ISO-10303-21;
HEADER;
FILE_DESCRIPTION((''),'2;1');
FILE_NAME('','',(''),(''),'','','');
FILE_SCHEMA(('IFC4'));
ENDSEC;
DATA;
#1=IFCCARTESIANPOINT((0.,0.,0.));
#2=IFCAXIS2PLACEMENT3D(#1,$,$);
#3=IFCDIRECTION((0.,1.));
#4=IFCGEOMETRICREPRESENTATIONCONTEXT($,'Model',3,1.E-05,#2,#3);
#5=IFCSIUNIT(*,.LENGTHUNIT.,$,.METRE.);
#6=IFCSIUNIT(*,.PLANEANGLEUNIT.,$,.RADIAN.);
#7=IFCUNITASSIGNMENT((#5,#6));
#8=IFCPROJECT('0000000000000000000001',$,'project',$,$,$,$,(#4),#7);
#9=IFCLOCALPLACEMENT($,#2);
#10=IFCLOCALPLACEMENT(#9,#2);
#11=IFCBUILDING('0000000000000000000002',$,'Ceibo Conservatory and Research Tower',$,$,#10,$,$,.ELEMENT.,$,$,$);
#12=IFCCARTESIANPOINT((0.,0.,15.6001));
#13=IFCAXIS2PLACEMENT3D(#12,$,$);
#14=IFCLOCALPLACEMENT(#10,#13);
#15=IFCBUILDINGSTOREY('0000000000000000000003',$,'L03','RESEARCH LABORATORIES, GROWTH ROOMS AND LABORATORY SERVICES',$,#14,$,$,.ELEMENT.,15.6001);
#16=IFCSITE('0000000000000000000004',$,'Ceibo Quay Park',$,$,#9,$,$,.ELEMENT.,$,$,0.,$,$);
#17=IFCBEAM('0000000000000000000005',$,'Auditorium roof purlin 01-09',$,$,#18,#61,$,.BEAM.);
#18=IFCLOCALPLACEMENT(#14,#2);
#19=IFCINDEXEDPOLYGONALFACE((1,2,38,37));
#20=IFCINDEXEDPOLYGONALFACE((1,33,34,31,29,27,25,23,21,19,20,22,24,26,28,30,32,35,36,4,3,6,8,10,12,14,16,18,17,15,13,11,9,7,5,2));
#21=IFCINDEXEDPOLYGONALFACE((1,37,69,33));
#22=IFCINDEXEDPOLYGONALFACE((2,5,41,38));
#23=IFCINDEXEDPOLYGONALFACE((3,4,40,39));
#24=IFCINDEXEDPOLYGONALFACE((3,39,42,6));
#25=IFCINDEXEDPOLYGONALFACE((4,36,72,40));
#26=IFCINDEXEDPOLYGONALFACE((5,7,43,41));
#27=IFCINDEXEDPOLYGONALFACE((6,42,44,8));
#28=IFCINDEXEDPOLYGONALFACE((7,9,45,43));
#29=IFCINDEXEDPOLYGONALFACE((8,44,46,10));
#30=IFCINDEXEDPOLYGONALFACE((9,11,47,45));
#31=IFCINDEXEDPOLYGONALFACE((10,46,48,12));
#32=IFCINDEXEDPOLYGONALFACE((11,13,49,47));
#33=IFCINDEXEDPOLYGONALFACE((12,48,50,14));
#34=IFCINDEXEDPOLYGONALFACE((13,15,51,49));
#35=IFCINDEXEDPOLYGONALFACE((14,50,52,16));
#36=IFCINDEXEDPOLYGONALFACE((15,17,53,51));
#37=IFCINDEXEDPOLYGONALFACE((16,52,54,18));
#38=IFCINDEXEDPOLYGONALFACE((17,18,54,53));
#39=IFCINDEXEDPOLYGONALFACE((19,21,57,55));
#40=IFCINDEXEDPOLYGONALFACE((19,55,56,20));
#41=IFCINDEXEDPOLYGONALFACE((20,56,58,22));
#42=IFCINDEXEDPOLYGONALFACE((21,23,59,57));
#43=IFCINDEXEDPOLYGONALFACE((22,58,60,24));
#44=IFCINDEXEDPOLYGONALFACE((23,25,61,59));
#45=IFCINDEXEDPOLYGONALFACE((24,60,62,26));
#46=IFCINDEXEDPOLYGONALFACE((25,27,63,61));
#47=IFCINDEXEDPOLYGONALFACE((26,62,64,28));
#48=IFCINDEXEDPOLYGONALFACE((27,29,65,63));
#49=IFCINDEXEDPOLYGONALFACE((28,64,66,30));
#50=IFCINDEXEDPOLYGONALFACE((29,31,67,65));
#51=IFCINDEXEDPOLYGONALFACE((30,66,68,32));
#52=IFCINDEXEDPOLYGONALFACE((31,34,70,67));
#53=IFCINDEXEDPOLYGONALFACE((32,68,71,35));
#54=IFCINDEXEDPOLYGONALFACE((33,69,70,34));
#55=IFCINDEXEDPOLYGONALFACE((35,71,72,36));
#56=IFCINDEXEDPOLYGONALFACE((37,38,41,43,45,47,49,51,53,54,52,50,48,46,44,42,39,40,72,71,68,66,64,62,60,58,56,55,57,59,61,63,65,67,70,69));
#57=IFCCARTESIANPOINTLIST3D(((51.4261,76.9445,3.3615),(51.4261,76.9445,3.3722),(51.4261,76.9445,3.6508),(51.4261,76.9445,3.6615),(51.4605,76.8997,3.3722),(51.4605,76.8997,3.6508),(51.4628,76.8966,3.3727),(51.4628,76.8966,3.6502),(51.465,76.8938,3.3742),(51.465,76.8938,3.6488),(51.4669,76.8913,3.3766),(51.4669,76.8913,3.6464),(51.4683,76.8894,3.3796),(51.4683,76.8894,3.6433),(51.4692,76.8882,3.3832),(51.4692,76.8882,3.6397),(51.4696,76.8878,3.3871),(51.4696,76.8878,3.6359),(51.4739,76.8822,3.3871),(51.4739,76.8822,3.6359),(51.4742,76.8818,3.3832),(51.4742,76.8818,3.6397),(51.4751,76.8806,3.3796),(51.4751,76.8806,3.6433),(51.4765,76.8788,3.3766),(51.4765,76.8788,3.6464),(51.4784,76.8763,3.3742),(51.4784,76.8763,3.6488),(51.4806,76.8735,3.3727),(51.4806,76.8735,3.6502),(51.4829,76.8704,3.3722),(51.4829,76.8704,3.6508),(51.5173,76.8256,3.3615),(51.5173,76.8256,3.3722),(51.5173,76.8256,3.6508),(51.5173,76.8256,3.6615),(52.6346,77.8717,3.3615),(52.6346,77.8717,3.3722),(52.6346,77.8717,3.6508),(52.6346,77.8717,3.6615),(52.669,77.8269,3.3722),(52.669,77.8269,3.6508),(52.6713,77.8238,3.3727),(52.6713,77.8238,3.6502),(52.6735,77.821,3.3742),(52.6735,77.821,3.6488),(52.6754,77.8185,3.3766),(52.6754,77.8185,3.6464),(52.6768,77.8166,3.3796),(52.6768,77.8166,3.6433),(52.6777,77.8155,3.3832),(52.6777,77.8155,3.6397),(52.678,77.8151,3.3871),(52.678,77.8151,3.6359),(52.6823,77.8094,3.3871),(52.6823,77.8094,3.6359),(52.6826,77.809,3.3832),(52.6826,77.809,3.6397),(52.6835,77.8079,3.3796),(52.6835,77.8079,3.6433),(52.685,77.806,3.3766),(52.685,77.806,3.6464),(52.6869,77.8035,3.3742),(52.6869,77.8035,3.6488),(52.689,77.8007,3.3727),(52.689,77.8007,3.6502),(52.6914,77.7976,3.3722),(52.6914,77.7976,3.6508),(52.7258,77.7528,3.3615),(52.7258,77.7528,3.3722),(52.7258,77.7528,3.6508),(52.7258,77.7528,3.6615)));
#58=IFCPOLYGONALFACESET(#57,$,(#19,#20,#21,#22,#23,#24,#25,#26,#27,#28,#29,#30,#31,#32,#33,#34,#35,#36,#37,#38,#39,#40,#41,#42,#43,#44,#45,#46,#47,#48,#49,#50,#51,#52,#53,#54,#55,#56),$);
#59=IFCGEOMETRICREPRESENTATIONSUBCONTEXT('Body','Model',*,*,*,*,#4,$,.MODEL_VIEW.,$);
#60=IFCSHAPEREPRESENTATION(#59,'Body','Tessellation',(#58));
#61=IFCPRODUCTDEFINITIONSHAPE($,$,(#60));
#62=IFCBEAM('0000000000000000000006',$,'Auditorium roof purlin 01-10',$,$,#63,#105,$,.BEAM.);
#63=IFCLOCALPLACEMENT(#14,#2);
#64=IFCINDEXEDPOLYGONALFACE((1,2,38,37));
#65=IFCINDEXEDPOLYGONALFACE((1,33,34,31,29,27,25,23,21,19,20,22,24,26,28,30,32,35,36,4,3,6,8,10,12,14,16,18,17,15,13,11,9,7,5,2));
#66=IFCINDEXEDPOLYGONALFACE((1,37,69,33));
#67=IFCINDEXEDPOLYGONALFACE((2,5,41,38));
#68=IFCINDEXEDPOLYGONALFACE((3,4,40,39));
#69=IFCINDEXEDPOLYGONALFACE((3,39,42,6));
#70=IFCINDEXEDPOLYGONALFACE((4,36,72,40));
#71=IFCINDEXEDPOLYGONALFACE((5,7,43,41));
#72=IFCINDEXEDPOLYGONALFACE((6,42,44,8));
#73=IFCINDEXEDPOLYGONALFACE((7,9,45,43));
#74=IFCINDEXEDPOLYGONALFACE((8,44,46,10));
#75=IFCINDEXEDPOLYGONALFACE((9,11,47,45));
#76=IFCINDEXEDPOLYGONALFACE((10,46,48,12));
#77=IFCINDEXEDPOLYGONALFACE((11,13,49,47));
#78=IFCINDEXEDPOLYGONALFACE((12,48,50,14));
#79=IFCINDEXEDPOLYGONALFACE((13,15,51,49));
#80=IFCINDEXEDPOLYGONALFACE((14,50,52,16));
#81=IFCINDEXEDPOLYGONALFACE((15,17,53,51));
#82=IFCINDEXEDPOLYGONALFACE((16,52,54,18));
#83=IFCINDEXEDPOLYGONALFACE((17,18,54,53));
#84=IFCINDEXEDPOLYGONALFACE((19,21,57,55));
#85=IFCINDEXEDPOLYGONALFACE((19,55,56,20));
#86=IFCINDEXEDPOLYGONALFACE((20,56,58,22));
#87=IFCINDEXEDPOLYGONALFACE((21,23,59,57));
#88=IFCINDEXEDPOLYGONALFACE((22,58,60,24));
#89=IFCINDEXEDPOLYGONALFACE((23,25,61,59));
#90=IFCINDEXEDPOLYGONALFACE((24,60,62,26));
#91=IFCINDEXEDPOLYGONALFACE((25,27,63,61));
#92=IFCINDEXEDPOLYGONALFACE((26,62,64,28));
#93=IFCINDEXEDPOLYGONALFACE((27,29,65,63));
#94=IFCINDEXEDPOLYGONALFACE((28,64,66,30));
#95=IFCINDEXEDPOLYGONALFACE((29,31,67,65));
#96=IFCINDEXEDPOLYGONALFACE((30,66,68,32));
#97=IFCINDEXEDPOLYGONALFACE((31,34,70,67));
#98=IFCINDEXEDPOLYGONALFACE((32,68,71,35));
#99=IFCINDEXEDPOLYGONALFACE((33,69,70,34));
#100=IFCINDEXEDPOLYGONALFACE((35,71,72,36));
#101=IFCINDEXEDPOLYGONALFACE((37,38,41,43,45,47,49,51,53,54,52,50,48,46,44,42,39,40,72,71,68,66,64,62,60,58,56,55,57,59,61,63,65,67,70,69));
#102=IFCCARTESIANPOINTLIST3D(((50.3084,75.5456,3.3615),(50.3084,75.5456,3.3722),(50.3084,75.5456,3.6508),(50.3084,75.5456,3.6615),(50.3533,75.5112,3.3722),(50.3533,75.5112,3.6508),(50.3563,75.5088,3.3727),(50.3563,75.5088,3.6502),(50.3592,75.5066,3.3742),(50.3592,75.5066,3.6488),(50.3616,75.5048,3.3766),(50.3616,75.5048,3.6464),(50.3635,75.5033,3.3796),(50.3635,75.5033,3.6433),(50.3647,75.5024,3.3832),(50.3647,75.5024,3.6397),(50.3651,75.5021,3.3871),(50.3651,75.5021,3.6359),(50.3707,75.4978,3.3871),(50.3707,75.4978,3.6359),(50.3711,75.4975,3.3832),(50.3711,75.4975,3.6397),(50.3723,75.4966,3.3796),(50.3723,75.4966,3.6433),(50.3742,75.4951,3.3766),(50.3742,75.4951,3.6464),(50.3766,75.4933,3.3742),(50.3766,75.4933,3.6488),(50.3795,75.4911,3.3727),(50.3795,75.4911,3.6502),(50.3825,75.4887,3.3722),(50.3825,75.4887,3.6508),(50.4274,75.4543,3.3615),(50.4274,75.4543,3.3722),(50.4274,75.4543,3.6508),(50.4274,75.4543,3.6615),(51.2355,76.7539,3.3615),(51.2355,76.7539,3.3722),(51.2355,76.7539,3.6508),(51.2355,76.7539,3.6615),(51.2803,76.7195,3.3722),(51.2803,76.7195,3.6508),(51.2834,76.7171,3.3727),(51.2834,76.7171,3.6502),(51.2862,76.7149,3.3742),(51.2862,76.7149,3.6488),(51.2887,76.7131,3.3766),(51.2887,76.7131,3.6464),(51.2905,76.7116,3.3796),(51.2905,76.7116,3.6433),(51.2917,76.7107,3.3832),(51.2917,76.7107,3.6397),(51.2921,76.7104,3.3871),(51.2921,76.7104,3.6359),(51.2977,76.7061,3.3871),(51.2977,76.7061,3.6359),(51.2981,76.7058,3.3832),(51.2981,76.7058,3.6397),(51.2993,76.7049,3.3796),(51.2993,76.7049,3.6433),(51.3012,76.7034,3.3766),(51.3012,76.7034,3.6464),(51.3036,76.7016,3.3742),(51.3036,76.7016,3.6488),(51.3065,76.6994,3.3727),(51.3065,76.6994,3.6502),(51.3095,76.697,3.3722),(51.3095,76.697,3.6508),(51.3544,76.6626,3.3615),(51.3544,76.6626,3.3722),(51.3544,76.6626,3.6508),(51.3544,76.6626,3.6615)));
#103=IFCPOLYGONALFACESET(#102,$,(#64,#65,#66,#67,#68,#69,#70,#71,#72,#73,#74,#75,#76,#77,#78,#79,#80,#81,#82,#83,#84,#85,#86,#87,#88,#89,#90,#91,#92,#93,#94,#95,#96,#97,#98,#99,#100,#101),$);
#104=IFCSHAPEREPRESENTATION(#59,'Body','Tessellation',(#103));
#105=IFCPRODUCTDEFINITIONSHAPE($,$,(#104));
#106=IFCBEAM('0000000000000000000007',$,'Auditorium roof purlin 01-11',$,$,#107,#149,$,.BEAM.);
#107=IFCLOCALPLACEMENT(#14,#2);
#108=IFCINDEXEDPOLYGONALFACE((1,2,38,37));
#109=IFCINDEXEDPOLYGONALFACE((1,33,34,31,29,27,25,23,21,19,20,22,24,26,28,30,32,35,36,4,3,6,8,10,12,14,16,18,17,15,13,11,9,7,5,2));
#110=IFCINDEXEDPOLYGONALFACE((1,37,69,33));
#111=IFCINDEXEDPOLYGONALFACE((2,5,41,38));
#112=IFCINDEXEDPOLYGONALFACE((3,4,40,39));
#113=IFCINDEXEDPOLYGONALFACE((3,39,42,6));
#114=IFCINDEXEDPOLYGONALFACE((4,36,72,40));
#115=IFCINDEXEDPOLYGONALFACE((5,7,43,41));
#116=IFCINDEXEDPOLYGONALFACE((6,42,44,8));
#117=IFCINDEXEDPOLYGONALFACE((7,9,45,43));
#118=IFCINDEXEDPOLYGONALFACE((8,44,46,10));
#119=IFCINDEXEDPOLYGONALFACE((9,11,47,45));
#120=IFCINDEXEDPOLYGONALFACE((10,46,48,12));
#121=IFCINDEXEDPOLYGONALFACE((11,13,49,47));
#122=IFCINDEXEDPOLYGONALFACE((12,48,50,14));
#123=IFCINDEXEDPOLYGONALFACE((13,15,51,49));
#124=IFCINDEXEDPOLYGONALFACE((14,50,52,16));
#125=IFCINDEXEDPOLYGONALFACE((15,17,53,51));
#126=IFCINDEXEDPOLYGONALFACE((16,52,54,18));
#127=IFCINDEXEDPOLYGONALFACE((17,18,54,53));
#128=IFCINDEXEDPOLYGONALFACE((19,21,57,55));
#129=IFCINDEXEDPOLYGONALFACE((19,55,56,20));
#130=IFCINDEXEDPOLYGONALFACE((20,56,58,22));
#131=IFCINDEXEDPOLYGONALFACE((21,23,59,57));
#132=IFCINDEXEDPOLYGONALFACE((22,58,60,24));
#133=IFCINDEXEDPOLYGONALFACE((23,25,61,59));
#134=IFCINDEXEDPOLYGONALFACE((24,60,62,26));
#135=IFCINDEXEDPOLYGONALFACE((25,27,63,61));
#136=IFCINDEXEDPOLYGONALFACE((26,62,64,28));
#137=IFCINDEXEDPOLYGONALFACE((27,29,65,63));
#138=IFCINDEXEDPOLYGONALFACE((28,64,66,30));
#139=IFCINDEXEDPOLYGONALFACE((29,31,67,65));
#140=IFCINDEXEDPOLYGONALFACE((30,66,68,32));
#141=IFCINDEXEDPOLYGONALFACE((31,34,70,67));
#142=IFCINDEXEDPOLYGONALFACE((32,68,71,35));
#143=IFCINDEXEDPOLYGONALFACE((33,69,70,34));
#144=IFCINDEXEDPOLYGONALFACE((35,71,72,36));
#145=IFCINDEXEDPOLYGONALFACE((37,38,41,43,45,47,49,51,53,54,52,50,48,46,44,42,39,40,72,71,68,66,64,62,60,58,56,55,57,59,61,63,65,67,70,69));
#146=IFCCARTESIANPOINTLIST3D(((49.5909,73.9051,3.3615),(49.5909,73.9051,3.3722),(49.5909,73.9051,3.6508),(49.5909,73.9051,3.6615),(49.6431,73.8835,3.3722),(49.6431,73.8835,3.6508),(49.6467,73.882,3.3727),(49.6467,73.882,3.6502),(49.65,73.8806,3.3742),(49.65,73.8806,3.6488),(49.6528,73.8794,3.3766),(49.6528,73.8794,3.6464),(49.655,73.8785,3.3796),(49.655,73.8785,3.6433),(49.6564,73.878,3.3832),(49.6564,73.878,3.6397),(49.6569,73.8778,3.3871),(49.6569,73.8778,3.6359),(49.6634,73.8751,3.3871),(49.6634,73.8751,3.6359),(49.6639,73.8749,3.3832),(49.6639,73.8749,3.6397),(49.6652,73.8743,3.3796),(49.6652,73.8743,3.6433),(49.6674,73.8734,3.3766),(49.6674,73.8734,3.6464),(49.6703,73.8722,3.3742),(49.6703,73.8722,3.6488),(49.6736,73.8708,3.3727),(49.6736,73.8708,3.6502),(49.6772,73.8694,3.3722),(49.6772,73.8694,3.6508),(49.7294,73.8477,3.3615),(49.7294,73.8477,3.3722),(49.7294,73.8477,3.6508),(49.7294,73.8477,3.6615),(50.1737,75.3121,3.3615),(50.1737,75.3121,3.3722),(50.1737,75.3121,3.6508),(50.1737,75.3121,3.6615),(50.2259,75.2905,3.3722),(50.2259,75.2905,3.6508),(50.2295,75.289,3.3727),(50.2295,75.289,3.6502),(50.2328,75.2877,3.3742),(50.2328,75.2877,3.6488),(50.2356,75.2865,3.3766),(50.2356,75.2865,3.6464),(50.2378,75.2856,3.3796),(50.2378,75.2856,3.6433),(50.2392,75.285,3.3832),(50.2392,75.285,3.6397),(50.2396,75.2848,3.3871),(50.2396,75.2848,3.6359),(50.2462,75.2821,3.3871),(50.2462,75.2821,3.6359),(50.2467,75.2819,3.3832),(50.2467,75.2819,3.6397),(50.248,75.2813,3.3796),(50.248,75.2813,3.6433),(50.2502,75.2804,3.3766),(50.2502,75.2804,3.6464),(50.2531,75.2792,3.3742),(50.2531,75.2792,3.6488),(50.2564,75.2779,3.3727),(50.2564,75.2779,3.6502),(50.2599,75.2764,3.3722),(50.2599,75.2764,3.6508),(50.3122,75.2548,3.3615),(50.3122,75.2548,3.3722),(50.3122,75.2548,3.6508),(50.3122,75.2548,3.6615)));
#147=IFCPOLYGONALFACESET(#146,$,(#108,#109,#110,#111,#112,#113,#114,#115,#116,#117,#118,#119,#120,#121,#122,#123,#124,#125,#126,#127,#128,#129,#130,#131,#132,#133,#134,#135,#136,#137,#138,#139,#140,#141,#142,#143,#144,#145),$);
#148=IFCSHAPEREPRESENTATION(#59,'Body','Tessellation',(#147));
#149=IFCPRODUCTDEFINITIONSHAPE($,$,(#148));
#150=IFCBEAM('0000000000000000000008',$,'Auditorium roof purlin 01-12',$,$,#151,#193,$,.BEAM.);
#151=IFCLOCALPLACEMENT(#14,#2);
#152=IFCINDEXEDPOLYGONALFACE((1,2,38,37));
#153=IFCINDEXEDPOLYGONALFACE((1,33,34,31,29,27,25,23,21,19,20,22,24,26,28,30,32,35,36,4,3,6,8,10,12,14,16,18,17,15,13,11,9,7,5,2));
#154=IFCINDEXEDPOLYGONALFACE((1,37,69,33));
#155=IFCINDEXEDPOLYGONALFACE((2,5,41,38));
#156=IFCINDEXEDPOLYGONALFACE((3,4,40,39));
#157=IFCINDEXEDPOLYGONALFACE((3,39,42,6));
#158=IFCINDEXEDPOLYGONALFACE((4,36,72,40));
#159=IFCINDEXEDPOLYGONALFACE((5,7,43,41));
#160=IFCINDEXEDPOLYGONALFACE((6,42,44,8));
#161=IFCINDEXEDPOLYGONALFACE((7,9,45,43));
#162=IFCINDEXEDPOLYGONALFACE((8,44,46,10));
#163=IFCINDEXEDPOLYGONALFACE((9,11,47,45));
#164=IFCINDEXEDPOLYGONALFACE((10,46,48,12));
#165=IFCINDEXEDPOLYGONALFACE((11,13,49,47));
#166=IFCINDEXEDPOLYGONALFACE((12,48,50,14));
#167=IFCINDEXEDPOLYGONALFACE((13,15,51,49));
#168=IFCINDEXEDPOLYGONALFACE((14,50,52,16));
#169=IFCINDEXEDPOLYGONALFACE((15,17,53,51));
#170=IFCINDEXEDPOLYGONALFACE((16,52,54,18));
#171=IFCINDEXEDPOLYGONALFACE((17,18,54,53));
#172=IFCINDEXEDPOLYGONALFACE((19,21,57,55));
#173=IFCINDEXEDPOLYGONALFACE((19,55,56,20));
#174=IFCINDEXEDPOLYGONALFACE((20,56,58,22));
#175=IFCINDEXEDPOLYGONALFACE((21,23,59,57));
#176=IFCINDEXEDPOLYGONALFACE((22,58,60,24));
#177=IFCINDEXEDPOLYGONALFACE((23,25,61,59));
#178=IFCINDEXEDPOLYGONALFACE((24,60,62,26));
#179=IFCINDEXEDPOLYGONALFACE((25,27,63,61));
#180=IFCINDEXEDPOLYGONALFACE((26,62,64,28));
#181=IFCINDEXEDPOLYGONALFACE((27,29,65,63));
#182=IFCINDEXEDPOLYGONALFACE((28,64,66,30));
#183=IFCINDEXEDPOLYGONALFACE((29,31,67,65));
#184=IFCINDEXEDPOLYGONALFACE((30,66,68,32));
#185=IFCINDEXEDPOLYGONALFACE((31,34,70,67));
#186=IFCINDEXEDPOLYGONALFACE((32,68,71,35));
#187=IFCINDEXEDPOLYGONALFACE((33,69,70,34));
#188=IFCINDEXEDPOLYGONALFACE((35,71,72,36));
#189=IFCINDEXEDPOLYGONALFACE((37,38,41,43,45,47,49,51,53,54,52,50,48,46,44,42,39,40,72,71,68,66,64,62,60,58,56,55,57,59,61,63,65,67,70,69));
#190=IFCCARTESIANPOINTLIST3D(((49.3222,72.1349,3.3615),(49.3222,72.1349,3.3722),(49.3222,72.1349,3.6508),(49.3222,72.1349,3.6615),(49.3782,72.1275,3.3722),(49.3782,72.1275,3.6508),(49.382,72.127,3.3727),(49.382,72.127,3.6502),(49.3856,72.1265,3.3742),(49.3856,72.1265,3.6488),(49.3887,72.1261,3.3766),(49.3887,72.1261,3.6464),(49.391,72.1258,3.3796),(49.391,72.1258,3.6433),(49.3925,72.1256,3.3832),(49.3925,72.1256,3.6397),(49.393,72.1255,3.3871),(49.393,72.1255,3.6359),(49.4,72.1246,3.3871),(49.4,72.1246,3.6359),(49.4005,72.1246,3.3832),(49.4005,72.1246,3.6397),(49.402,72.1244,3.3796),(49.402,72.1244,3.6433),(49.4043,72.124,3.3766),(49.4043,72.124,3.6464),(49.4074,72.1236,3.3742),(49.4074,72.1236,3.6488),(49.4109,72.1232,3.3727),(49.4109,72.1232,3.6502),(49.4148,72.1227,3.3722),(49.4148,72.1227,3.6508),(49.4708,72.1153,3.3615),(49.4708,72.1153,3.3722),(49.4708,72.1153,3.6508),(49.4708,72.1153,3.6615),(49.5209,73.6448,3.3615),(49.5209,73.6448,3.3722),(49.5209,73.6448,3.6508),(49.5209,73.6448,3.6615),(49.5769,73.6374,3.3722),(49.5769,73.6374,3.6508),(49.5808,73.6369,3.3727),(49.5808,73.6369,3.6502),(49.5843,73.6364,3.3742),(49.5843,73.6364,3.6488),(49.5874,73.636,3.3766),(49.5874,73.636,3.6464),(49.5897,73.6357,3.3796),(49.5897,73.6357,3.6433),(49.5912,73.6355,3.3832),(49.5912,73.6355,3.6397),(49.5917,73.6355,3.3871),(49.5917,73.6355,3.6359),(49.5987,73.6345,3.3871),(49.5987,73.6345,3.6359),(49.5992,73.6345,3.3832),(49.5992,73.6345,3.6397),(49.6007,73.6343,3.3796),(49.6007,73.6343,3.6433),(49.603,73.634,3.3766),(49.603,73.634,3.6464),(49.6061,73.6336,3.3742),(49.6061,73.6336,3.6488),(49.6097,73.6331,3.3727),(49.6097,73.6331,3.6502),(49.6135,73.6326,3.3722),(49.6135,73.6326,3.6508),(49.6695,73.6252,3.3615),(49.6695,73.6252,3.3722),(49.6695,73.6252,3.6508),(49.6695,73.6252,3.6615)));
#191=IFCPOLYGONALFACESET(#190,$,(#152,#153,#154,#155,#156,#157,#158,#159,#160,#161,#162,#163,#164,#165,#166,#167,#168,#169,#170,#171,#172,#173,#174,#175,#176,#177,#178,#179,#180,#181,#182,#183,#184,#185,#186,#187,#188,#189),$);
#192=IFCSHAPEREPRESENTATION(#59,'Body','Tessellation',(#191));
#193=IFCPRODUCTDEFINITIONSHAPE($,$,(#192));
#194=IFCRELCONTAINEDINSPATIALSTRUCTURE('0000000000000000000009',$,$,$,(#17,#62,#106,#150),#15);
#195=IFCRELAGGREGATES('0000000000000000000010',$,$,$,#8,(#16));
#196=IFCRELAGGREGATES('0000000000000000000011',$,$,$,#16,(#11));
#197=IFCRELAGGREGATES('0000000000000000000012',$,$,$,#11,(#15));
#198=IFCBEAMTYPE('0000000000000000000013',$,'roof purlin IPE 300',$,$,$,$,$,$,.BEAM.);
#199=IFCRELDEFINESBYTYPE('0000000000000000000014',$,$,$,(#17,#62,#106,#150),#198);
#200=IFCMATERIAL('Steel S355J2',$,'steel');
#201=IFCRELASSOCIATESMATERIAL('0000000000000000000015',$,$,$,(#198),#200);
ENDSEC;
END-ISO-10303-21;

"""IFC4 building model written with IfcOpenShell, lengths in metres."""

from ifc_helpers import new_model, si_unit, direction, frame, origin, origin_2d, place, context, subcontext, project, spatial, i_section, extrude, material, material_profile, profile_set, type_object, element, save


model = new_model("IFC4")

# Units and contexts
model_context = context("Model", 3, precision=1e-05, world=origin(), true_north=direction((0.0, 1.0)))
body_context = subcontext(model_context, "Body", "Model", "MODEL_VIEW")
ifc_project = project(units=[si_unit("LENGTHUNIT", "METRE"), si_unit("PLANEANGLEUNIT", "RADIAN")], contexts=[model_context])

# Site, building, storey
site_placement = place(None, origin())
site = spatial("IfcSite", under=ifc_project, at=site_placement, Name="Ceibo Quay Park", CompositionType="ELEMENT", RefElevation=0.0)
building_placement = place(site_placement, origin())
building = spatial("IfcBuilding", under=site, at=building_placement, Name="Ceibo Conservatory and Research Tower", CompositionType="ELEMENT")
storey_placement = place(building_placement, frame((0.0, 0.0, 15.6001)))
storey = spatial("IfcBuildingStorey", under=building, at=storey_placement, Name="L03", Description="RESEARCH LABORATORIES, GROWTH ROOMS AND LABORATORY SERVICES", CompositionType="ELEMENT", Elevation=15.6001)

# Beams
ifc_material_1 = material(Name="Steel S355J2", Category="steel")
ifc_material_profile_1 = material_profile(ifc_material_1, i_section(OverallWidth=0.1499, OverallDepth=0.3, WebThickness=0.0071, FlangeThickness=0.0107, FilletRadius=0.0149, at=origin_2d()), Name="IPE 300")
ifc_profile_set_1 = profile_set([ifc_material_profile_1], Name="Steel S355J2")
beam_type_1 = type_object("IfcBeamType", Name="roof purlin IPE 300", PredefinedType="BEAM", material=ifc_profile_set_1)
beam_1_placement = place(storey_placement, frame((52.6802, 77.8123, 3.5115), z_axis=(-0.793374, -0.608734, 0.0), x_axis=(0.608734, -0.793374, 0.0)))
element("IfcBeam", 1, at=beam_1_placement, inside=storey, type_object=beam_type_1, Name="Auditorium roof purlin 01-09", PredefinedType="BEAM", context=body_context, shape_type="SweptSolid", body=[
    extrude(i_section(OverallWidth=0.1499, OverallDepth=0.3, WebThickness=0.0071, FlangeThickness=0.0107, FilletRadius=0.0149, at=origin_2d()), origin(), (0.0, 0.0, 1.0), 1.5232),
])
for number, where, z_axis, x_axis, name in (
    (2, (51.2949, 76.7083, 3.5115), (-0.608711, -0.793392, 0.0), (0.793392, -0.608711, 0.0), "Auditorium roof purlin 01-10"),
    (3, (50.2429, 75.2834, 3.5115), (-0.382668, -0.923886, 0.0), (0.923886, -0.382668, 0.0), "Auditorium roof purlin 01-11"),
    (4, (49.5952, 73.635, 3.5115), (-0.130484, -0.99145, 0.0), (0.99145, -0.130484, 0.0), "Auditorium roof purlin 01-12"),
):
    element("IfcBeam", number, at=place(storey_placement, frame(where, z_axis=z_axis, x_axis=x_axis)), inside=storey, type_object=beam_type_1, Name=name, PredefinedType="BEAM", context=body_context, shape_type="SweptSolid", body=[
        extrude(i_section(OverallWidth=0.1499, OverallDepth=0.3, WebThickness=0.0071, FlangeThickness=0.0107, FilletRadius=0.0149, at=origin_2d()), origin(), (0.0, 0.0, 1.0), 1.5229),
    ])

save(model, "model.ifc")
